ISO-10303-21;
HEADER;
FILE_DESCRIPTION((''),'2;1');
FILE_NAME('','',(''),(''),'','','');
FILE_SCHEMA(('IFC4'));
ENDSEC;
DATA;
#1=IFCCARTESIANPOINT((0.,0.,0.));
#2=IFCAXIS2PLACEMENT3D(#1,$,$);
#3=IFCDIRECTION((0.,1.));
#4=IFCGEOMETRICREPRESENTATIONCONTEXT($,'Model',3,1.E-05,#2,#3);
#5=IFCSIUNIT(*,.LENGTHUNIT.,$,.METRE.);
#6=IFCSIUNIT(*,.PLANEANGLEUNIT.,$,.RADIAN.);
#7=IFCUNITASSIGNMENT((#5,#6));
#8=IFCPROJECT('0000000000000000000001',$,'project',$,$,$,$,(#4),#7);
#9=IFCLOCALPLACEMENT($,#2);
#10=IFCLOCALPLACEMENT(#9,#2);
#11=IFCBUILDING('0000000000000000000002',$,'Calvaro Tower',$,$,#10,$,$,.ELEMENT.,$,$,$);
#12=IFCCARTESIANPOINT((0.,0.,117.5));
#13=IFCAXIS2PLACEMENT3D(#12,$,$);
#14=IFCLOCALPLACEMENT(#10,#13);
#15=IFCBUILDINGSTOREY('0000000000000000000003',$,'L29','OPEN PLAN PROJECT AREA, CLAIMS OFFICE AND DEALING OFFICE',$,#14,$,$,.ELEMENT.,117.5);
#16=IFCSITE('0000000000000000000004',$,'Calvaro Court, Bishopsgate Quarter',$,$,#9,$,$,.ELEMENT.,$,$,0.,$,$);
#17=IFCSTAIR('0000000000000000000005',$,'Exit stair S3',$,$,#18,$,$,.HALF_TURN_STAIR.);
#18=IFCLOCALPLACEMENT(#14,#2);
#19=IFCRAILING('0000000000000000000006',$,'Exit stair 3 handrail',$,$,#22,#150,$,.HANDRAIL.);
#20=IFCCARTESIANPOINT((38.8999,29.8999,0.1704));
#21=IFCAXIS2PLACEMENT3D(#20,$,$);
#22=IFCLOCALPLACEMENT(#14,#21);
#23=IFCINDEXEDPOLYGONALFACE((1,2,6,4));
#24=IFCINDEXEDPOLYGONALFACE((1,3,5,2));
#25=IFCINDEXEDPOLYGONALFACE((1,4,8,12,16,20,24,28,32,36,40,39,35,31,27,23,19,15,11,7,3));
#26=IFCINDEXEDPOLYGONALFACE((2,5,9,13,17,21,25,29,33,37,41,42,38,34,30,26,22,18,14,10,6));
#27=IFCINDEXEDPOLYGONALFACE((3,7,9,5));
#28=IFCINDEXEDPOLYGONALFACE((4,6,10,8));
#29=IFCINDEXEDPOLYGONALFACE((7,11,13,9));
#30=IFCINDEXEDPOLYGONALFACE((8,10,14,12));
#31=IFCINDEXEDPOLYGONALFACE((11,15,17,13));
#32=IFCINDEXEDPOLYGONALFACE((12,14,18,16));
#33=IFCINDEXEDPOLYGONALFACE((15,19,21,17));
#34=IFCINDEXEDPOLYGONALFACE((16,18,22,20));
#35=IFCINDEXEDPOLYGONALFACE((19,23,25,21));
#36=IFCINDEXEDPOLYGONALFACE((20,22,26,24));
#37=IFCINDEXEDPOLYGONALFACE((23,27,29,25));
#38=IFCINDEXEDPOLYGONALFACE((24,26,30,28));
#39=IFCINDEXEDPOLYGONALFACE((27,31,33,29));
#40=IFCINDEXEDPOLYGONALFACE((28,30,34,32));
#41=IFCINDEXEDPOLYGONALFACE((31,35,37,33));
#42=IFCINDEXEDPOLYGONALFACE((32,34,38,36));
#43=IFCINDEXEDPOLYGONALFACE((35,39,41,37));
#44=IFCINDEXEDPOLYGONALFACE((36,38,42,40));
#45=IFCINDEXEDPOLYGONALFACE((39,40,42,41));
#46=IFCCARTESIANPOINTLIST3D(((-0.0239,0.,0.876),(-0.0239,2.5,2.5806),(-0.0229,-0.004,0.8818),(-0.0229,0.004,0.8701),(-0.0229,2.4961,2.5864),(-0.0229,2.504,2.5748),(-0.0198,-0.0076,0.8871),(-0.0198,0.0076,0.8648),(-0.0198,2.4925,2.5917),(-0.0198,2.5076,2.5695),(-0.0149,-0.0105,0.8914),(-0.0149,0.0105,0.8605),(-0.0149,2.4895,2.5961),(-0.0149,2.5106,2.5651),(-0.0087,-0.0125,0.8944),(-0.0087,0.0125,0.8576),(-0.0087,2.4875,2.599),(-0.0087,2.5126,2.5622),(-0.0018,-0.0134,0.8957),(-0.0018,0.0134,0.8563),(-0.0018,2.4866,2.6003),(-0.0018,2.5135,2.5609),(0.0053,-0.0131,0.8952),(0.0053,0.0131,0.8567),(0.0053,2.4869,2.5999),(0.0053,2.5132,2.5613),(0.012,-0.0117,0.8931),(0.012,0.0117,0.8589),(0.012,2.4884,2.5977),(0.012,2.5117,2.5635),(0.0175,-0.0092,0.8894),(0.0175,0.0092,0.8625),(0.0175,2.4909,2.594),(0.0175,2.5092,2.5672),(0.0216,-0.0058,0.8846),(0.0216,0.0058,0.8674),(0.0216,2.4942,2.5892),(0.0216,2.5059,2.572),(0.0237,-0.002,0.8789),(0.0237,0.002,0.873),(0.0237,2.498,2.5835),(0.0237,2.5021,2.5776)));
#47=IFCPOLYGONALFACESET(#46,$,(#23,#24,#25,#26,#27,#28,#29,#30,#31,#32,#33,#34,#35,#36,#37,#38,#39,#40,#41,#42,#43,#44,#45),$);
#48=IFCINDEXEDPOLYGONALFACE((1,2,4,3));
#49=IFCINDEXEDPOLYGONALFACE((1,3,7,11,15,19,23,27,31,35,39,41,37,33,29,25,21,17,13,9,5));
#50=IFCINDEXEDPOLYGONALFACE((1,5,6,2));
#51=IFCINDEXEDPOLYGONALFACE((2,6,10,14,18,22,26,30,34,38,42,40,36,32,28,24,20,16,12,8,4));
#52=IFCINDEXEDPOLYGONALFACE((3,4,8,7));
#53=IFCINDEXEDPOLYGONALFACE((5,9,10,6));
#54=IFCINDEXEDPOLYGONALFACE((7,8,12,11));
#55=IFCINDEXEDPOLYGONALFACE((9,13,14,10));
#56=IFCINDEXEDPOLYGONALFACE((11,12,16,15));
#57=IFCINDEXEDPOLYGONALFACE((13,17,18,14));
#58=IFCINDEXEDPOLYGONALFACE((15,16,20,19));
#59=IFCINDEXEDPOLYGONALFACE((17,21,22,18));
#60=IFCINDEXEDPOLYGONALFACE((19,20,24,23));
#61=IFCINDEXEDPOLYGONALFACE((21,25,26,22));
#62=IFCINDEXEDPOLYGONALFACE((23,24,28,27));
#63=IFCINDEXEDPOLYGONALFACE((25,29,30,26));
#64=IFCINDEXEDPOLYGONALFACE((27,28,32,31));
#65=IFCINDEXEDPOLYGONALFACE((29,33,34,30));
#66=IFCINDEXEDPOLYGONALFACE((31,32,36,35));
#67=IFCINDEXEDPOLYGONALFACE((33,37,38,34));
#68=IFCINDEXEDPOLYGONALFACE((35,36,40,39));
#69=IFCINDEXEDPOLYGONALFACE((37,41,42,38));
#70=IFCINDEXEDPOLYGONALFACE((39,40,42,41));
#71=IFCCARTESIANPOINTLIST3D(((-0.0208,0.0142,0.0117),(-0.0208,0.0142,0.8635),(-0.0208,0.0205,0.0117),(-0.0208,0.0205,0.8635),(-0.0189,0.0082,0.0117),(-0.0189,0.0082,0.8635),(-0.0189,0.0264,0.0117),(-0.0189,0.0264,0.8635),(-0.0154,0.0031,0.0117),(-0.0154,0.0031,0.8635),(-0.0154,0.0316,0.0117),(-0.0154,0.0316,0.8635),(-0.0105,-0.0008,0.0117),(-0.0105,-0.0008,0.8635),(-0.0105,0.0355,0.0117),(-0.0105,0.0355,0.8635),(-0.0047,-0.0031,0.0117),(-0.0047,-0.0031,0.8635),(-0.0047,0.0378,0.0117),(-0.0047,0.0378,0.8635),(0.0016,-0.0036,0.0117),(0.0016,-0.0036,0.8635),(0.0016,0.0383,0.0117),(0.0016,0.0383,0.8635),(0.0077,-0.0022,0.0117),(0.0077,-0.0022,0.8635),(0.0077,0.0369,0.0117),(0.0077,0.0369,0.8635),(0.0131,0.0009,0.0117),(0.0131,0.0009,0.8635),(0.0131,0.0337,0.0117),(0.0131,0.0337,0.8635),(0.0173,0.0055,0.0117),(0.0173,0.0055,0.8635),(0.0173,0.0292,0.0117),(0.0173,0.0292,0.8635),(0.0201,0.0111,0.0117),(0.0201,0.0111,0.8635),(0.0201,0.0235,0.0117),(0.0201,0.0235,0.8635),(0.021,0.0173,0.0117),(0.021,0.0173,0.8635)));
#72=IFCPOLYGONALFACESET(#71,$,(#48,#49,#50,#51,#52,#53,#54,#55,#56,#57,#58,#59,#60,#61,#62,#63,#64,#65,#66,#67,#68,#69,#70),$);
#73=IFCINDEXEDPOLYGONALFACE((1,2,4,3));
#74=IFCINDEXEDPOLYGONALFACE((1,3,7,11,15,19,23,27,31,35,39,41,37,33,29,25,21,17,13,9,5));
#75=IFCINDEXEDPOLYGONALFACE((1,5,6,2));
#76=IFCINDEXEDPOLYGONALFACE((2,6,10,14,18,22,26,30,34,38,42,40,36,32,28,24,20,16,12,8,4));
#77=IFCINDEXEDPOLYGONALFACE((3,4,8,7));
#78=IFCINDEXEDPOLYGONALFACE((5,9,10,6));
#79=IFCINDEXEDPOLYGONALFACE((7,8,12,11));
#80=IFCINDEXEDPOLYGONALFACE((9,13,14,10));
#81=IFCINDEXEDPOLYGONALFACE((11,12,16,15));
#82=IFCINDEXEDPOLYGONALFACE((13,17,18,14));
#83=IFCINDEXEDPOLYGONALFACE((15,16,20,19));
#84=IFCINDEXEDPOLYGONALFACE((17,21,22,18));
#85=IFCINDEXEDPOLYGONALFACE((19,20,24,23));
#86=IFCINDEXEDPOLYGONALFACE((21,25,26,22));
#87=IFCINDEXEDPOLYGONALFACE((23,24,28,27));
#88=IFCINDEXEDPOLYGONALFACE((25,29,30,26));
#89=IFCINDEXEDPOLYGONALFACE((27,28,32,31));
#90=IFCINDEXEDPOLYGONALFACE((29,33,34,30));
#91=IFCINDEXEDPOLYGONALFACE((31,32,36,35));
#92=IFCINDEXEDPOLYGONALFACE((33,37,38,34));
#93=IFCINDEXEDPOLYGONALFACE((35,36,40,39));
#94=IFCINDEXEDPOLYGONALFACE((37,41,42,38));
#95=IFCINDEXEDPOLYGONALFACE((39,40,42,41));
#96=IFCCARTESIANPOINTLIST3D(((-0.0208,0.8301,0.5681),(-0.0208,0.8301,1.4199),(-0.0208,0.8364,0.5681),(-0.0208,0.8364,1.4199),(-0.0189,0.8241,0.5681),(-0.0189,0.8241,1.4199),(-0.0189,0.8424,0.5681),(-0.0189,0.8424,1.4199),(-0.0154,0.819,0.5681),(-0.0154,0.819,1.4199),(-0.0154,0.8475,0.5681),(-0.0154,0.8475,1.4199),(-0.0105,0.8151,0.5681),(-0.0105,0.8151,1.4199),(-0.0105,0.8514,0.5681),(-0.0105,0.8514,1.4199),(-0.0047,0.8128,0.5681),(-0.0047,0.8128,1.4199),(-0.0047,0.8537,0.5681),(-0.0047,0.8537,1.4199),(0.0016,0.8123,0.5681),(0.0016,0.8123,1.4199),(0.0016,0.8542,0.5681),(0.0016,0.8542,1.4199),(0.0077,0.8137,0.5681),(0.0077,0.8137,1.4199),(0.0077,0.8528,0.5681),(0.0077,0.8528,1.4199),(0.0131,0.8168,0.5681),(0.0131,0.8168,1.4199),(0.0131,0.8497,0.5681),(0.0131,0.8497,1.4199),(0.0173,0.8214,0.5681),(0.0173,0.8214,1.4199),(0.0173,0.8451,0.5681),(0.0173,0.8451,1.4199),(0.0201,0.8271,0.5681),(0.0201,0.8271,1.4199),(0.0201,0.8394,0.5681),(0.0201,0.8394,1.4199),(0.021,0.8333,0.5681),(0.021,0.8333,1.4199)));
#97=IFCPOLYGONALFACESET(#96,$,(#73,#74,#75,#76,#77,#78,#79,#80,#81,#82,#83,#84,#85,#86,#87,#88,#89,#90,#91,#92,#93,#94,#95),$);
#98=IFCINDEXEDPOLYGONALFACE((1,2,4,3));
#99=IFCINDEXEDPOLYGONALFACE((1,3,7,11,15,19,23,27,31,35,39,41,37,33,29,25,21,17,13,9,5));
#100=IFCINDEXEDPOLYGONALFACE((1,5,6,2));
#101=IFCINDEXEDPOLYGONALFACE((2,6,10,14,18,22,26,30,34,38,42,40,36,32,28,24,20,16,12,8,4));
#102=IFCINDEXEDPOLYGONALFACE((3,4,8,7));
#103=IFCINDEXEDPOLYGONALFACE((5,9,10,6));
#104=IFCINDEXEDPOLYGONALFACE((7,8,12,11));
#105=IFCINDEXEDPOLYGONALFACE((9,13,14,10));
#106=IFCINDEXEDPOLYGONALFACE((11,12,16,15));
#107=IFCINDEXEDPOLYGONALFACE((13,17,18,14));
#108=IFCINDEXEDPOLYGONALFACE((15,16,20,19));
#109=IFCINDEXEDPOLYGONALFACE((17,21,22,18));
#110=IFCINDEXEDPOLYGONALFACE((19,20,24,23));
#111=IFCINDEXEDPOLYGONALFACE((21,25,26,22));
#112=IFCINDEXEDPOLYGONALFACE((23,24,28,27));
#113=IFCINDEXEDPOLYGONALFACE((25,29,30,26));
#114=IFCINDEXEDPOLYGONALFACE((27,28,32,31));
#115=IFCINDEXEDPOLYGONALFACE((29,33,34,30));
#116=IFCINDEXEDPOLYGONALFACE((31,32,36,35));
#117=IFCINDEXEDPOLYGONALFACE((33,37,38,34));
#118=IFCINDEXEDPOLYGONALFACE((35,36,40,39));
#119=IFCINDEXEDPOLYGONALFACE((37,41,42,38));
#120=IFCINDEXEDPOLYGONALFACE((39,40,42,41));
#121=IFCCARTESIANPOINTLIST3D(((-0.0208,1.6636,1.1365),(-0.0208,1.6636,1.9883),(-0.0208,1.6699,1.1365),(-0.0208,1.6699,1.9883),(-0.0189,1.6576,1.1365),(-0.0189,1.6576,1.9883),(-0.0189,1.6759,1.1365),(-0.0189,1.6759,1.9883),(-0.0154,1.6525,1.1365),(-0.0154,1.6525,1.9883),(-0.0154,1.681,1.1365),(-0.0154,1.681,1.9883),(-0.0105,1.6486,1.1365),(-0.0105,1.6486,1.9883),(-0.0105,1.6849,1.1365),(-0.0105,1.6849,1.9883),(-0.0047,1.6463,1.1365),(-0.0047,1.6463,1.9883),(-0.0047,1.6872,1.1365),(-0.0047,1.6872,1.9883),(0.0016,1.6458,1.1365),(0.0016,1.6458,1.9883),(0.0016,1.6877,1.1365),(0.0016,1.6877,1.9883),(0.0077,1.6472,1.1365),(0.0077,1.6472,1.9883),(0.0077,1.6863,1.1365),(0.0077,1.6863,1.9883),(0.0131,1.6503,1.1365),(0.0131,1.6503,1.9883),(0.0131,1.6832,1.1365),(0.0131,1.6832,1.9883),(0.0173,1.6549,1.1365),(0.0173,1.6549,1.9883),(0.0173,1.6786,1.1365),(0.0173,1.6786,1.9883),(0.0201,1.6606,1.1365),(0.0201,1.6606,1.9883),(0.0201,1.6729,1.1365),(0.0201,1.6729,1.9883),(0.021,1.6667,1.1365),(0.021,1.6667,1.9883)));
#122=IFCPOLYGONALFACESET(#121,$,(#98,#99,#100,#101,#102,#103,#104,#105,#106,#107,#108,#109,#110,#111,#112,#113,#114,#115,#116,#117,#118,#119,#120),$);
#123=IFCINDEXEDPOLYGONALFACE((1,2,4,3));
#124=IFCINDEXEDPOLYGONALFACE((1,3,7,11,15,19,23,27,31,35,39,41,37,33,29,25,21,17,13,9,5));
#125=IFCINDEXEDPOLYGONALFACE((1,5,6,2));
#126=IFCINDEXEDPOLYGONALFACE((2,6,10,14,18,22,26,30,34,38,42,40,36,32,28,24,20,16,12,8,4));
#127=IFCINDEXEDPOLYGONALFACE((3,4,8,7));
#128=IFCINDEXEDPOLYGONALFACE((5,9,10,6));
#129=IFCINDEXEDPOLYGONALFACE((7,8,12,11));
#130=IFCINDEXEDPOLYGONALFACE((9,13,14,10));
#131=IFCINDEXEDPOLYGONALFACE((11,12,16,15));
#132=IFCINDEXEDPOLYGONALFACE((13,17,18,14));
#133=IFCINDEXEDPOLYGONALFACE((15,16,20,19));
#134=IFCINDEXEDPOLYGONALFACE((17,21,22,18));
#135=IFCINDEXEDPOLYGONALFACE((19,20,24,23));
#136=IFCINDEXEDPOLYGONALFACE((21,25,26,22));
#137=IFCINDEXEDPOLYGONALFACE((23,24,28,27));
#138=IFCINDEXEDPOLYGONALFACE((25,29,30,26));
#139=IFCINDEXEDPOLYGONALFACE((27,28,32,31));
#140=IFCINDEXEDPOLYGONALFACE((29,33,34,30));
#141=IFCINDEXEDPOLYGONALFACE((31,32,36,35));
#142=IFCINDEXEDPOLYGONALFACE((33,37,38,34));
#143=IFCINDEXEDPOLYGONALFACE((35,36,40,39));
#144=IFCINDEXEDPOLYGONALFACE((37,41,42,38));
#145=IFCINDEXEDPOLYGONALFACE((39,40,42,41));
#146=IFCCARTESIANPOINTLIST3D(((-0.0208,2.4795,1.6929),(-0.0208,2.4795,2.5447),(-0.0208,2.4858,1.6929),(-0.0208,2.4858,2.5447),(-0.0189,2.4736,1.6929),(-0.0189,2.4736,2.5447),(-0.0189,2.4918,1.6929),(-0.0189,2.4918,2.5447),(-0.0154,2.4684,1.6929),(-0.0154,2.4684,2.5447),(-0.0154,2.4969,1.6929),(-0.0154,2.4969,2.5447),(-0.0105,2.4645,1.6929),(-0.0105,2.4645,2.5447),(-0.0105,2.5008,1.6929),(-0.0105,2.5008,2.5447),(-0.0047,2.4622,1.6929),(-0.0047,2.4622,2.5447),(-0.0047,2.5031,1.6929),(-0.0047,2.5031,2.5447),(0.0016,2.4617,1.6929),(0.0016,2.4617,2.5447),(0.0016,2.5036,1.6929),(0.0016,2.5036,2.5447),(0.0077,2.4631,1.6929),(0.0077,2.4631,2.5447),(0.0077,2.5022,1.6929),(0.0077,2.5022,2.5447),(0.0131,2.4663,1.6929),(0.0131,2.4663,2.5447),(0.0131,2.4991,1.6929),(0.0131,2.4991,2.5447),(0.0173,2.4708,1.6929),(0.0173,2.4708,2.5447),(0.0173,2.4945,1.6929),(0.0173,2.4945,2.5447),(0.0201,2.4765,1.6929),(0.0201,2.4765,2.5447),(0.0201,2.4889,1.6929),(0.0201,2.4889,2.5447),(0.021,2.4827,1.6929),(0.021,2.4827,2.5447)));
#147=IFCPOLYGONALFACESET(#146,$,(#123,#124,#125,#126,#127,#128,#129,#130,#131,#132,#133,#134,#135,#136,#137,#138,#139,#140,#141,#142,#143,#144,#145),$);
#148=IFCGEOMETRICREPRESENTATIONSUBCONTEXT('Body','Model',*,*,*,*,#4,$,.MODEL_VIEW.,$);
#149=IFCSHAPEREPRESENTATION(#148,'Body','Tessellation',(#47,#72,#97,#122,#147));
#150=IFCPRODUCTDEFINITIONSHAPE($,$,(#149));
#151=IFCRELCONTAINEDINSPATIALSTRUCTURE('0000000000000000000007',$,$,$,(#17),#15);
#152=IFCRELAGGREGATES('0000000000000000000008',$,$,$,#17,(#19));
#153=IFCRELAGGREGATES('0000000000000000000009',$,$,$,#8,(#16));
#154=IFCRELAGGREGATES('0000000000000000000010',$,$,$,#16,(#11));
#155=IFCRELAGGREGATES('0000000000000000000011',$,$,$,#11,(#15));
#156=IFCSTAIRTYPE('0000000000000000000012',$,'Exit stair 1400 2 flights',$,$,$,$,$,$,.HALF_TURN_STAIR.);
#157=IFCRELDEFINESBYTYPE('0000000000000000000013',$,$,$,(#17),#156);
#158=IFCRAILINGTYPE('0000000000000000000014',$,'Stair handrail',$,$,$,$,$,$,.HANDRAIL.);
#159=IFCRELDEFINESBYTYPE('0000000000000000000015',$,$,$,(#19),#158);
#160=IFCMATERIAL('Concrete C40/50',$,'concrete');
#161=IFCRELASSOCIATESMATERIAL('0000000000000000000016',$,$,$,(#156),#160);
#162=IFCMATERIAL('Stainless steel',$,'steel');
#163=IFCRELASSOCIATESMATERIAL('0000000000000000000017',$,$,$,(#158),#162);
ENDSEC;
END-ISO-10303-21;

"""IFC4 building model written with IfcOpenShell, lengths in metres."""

from ifc_helpers import new_model, si_unit, direction, frame, origin, origin_2d, place, context, subcontext, project, spatial, circle, extrude, material, type_object, element, aggregate, save


model = new_model("IFC4")

# Units and contexts
model_context = context("Model", 3, precision=1e-05, world=origin(), true_north=direction((0.0, 1.0)))
body_context = subcontext(model_context, "Body", "Model", "MODEL_VIEW")
ifc_project = project(units=[si_unit("LENGTHUNIT", "METRE"), si_unit("PLANEANGLEUNIT", "RADIAN")], contexts=[model_context])

# Site, building, storey
site_placement = place(None, origin())
site = spatial("IfcSite", under=ifc_project, at=site_placement, Name="Calvaro Court, Bishopsgate Quarter", CompositionType="ELEMENT", RefElevation=0.0)
building_placement = place(site_placement, origin())
building = spatial("IfcBuilding", under=site, at=building_placement, Name="Calvaro Tower", CompositionType="ELEMENT")
storey_placement = place(building_placement, frame((0.0, 0.0, 117.5)))
storey = spatial("IfcBuildingStorey", under=building, at=storey_placement, Name="L29", Description="OPEN PLAN PROJECT AREA, CLAIMS OFFICE AND DEALING OFFICE", CompositionType="ELEMENT", Elevation=117.5)

# Stair
ifc_material_1 = material(Name="Concrete C40/50", Category="concrete")
stair_type = type_object("IfcStairType", Name="Exit stair 1400 2 flights", PredefinedType="HALF_TURN_STAIR", material=ifc_material_1)
stair_1_placement = place(storey_placement, origin())
stair_1 = element("IfcStair", 1, at=stair_1_placement, inside=storey, type_object=stair_type, Name="Exit stair S3", PredefinedType="HALF_TURN_STAIR")

# Railing
ifc_material_2 = material(Name="Stainless steel", Category="steel")
railing_type = type_object("IfcRailingType", Name="Stair handrail", PredefinedType="HANDRAIL", material=ifc_material_2)
railing_1_placement = place(storey_placement, frame((38.8999, 29.8999, 0.1704)))
railing_1 = element("IfcRailing", 2, at=railing_1_placement, type_object=railing_type, Name="Exit stair 3 handrail", PredefinedType="HANDRAIL", context=body_context, shape_type="SweptSolid", body=[
    extrude(circle(Radius=0.0239, at=origin_2d()), frame((0.0, 0.0, 0.876), z_axis=(0.0, 0.826221, 0.563347), x_axis=(-1.0, 0.0, 0.0)), (0.0, 0.0, 1.0), 3.0259),
    extrude(circle(Radius=0.021, at=origin_2d()), frame((0.0, 0.0173, 0.0117)), (0.0, 0.0, 1.0), 0.8518),
    extrude(circle(Radius=0.021, at=origin_2d()), frame((0.0, 0.8333, 0.5681)), (0.0, 0.0, 1.0), 0.8518),
    extrude(circle(Radius=0.021, at=origin_2d()), frame((0.0, 1.6667, 1.1365)), (0.0, 0.0, 1.0), 0.8518),
    extrude(circle(Radius=0.021, at=origin_2d()), frame((0.0, 2.4827, 1.6929)), (0.0, 0.0, 1.0), 0.8518),
])
aggregate(stair_1, [railing_1])

save(model, "model.ifc")
